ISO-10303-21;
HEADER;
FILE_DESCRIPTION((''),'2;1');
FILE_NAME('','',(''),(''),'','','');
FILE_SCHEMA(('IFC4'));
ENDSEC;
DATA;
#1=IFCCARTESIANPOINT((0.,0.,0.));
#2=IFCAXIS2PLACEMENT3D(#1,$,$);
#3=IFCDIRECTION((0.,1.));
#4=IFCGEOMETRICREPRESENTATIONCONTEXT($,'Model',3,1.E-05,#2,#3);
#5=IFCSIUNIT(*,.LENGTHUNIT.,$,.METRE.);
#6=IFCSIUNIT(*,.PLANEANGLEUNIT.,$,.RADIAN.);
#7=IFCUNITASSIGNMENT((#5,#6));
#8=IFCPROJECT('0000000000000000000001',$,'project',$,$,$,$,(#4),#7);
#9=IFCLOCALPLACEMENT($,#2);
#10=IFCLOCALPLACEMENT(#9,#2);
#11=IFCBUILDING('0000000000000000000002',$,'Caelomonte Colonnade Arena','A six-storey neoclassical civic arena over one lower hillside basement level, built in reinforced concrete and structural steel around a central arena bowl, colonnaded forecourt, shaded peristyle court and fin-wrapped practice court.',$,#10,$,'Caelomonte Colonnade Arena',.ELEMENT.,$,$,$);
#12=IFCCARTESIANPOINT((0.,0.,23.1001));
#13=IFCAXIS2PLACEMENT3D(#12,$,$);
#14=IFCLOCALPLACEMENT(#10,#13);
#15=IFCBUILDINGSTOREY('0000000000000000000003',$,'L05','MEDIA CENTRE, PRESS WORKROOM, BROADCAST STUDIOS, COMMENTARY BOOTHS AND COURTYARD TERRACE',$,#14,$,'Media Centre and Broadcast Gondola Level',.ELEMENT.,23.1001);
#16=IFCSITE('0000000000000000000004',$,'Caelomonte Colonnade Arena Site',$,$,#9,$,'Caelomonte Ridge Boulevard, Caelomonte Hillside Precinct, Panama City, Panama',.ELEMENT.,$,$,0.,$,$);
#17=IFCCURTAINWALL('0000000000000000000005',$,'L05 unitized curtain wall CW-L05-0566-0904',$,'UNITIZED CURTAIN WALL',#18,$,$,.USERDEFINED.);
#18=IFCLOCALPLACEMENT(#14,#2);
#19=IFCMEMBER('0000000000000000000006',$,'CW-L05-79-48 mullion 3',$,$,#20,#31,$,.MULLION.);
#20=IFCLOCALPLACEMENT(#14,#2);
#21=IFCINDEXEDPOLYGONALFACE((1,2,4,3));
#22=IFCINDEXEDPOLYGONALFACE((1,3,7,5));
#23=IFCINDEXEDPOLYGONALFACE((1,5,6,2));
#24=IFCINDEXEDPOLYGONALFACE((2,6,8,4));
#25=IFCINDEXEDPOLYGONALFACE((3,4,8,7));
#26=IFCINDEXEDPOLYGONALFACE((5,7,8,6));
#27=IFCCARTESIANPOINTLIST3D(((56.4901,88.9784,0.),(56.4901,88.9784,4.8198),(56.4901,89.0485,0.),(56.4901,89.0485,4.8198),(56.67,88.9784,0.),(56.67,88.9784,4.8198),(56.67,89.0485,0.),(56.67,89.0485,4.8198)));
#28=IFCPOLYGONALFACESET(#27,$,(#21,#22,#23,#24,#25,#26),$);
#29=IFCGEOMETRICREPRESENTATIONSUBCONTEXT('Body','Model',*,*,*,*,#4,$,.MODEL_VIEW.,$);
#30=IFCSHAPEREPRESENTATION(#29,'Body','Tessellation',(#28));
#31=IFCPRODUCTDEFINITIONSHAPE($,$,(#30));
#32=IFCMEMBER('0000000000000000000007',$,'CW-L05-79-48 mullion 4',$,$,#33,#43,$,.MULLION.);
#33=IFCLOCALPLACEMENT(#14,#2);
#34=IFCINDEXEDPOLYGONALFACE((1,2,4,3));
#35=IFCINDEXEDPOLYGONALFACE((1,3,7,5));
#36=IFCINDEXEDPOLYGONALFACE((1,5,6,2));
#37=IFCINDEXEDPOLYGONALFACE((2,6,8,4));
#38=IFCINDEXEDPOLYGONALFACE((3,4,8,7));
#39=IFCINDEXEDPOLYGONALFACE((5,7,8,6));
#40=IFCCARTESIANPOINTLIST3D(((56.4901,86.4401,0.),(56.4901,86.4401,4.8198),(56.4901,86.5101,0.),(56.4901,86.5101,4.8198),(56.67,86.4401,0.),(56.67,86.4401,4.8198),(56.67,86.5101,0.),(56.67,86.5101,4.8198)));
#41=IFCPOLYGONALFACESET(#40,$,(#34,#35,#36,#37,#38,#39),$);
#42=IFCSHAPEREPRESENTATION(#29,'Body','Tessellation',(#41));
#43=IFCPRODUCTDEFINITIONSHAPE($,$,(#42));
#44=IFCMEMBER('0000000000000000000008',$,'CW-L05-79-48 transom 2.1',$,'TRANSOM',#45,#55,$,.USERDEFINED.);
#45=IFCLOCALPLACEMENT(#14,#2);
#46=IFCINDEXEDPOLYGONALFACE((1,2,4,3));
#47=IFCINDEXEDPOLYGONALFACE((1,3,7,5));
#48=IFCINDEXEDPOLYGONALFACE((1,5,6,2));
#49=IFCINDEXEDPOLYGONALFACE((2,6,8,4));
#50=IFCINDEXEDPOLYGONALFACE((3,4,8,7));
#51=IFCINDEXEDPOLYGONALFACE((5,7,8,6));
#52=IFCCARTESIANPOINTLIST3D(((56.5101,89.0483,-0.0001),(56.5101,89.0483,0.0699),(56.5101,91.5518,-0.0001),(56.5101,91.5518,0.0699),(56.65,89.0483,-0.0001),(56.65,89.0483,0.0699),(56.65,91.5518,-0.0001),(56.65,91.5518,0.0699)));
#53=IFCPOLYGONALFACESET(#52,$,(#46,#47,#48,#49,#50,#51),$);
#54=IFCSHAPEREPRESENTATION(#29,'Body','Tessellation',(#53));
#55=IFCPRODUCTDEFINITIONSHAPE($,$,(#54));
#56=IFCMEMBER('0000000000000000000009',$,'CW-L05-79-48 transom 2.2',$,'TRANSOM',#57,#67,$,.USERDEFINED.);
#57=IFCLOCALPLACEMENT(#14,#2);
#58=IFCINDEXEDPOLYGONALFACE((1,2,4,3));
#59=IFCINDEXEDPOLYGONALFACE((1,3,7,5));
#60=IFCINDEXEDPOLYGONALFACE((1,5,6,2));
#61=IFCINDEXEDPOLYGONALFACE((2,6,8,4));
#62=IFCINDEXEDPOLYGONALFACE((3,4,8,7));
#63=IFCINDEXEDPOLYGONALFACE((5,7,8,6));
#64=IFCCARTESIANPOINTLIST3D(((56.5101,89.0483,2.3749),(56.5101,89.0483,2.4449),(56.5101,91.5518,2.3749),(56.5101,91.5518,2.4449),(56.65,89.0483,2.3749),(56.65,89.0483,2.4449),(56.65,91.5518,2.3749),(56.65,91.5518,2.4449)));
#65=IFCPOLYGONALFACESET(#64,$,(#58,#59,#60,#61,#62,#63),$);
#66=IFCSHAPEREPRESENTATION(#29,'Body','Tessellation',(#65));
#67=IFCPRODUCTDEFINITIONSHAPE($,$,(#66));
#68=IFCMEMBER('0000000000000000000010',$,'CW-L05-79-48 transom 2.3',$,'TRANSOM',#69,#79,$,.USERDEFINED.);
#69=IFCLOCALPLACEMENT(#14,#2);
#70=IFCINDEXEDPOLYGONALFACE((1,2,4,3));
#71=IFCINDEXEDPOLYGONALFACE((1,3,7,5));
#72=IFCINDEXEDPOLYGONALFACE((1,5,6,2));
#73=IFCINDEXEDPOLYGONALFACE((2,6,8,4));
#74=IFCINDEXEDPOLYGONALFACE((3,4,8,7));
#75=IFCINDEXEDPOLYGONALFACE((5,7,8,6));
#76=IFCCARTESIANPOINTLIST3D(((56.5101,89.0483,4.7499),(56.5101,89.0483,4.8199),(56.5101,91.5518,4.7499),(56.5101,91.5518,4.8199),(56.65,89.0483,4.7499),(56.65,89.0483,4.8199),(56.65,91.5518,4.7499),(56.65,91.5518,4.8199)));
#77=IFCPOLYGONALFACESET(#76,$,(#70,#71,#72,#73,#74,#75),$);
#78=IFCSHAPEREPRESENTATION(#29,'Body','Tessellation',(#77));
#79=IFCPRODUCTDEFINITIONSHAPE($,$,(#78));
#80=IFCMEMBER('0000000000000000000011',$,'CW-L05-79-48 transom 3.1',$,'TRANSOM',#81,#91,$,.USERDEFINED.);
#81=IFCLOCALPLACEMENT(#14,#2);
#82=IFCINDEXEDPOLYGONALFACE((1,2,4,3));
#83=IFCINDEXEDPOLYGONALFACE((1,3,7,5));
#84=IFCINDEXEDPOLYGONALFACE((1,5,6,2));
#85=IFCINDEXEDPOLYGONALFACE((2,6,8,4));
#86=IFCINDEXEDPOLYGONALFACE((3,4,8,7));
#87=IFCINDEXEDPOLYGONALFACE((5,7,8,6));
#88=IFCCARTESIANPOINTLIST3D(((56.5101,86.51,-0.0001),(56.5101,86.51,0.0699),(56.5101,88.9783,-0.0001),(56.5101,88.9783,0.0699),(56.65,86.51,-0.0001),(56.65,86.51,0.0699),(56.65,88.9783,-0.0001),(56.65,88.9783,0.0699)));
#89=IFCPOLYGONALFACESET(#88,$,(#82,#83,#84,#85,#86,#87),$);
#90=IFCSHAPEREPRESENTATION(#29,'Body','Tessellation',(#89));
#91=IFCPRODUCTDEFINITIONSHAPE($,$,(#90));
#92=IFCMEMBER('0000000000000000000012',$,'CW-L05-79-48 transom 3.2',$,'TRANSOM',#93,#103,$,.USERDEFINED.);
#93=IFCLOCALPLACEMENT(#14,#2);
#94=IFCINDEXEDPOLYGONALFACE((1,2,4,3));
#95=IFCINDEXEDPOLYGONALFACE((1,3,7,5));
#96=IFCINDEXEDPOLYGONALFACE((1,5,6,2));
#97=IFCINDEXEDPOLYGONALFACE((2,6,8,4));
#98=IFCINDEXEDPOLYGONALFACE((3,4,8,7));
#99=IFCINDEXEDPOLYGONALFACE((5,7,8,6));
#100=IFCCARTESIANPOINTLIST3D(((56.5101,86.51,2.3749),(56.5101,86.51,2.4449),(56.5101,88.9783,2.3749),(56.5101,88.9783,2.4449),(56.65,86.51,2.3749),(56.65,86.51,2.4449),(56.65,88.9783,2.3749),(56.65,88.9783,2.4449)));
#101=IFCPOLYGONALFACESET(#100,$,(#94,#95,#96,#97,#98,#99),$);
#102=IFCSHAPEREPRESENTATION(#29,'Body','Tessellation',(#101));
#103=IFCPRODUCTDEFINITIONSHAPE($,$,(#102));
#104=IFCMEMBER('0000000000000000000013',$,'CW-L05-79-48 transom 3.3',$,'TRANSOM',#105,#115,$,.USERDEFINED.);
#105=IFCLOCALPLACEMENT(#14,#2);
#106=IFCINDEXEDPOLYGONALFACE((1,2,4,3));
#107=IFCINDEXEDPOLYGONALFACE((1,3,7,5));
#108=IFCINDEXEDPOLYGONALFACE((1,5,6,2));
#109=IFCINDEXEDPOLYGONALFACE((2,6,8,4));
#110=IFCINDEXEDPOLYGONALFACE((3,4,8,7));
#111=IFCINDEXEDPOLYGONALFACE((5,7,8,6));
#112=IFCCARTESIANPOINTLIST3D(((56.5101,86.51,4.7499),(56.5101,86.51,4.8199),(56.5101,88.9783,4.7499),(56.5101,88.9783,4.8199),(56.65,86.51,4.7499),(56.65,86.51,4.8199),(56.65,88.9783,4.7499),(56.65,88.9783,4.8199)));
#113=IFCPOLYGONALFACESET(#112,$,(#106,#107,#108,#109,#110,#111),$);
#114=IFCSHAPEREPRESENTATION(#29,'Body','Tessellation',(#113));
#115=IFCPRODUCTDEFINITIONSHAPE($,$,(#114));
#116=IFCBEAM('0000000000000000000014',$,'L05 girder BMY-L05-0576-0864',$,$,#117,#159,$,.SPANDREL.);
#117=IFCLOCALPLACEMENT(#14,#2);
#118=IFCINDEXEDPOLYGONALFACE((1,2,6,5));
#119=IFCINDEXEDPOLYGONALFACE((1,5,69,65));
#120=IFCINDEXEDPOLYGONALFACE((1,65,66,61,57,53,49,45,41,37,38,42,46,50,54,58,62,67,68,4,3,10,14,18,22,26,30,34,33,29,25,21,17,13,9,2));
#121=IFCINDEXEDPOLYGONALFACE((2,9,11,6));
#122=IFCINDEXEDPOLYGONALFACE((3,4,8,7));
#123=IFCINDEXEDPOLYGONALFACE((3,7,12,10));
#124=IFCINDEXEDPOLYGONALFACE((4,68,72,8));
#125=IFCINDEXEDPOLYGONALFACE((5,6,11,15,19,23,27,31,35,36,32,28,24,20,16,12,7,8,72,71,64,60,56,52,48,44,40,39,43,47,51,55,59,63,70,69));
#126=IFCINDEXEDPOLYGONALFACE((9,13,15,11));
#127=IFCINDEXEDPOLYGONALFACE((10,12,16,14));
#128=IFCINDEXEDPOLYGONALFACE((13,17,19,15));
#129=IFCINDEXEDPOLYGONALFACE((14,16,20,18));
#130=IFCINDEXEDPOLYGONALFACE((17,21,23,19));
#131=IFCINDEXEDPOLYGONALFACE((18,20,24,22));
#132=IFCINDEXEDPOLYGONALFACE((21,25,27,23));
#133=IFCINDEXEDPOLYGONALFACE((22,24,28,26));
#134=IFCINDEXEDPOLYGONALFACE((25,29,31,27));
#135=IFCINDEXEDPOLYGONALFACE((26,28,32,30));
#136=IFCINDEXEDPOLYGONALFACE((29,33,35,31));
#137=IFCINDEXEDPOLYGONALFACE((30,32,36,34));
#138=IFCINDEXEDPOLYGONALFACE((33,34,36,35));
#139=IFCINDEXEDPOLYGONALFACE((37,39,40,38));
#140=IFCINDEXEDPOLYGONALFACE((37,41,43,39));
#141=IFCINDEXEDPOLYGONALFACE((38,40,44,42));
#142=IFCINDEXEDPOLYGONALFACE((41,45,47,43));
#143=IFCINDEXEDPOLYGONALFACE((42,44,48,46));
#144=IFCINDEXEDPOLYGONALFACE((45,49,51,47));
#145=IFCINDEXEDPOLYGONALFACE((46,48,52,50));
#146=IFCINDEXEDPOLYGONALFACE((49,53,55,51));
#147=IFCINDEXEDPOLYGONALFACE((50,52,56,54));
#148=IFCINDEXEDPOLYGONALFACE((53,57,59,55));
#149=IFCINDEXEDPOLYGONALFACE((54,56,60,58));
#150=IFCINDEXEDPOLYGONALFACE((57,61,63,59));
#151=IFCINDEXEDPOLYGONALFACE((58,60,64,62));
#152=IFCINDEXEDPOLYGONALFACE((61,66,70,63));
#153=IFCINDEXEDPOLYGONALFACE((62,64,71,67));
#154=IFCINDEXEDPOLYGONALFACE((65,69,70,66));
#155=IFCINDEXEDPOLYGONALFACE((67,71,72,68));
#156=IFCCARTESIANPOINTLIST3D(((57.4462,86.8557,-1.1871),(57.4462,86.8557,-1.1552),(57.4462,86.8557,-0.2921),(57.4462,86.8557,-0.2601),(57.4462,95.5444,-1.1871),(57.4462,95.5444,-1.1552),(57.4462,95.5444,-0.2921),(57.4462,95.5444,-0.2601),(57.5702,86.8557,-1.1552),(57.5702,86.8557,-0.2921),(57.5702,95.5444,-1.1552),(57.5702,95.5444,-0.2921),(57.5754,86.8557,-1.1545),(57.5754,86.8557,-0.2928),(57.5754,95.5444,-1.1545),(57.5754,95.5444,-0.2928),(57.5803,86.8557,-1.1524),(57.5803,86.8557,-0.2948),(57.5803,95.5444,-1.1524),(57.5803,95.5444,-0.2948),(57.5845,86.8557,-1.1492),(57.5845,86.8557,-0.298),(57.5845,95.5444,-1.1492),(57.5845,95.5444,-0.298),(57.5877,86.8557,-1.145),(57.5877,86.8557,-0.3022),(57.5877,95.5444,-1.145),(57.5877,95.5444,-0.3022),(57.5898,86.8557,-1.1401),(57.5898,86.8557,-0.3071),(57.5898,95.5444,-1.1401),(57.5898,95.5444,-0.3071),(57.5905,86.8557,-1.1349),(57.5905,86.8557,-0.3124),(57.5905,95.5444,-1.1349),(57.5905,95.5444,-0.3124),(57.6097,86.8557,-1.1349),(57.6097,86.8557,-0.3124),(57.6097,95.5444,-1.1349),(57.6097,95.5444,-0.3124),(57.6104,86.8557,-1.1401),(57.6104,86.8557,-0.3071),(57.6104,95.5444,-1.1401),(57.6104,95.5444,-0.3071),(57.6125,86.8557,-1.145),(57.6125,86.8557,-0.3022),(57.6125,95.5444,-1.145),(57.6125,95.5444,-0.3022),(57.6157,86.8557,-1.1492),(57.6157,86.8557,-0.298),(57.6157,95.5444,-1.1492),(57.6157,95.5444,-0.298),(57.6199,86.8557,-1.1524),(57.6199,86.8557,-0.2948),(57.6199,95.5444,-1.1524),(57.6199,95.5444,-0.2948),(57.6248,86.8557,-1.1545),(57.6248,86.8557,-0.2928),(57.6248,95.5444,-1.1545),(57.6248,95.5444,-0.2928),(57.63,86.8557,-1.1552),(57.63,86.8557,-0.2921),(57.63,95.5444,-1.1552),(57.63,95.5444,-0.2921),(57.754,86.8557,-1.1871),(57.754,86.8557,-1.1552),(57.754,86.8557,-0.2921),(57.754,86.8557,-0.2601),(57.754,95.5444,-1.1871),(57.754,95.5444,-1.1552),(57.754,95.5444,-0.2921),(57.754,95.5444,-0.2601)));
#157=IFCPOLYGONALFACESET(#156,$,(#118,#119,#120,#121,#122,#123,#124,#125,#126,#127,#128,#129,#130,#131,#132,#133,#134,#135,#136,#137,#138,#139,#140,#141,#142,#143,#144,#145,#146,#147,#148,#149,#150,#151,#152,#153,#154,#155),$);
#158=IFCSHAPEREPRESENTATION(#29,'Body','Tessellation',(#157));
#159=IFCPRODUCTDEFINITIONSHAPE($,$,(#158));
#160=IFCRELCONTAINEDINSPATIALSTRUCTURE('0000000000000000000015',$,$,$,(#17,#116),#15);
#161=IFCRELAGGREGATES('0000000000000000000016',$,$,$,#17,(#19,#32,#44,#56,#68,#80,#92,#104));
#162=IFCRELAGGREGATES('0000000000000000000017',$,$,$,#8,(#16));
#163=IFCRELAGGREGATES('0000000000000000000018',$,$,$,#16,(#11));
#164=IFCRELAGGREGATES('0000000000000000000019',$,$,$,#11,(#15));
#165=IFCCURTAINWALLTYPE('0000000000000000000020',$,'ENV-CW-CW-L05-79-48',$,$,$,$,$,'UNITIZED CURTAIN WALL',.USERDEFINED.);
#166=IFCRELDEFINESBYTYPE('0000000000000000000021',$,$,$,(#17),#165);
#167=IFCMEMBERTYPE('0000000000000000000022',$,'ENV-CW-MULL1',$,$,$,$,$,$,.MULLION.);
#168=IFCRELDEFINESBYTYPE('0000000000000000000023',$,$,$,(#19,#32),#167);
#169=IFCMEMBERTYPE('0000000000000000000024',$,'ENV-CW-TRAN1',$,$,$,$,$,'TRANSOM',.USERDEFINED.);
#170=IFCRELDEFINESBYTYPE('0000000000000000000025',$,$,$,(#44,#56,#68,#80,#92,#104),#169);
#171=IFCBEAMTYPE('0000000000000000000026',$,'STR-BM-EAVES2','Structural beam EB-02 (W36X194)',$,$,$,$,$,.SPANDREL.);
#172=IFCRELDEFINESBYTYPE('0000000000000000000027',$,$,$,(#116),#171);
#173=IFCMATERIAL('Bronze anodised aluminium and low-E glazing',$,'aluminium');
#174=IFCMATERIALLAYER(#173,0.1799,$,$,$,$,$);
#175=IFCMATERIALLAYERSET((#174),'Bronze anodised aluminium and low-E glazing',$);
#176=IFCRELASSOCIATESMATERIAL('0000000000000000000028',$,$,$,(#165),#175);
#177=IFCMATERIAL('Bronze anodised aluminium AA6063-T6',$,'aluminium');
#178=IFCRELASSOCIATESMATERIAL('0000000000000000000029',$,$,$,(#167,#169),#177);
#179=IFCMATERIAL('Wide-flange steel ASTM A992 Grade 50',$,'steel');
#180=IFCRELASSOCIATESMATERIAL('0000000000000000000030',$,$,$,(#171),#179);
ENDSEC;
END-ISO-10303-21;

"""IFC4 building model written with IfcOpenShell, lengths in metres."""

from ifc_helpers import new_model, si_unit, direction, frame, origin, origin_2d, place, context, subcontext, project, spatial, rectangle, i_section, extrude, material, layer, layer_set, material_profile, profile_set, type_object, element, aggregate, save


model = new_model("IFC4")

# Units and contexts
model_context = context("Model", 3, precision=1e-05, world=origin(), true_north=direction((0.0, 1.0)))
body_context = subcontext(model_context, "Body", "Model", "MODEL_VIEW")
ifc_project = project(units=[si_unit("LENGTHUNIT", "METRE"), si_unit("PLANEANGLEUNIT", "RADIAN")], contexts=[model_context])

# Site, building, storey
site_placement = place(None, origin())
site = spatial("IfcSite", under=ifc_project, at=site_placement, Name="Caelomonte Colonnade Arena Site", LongName="Caelomonte Ridge Boulevard, Caelomonte Hillside Precinct, Panama City, Panama", CompositionType="ELEMENT", RefElevation=0.0)
building_placement = place(site_placement, origin())
building = spatial("IfcBuilding", under=site, at=building_placement, Name="Caelomonte Colonnade Arena", Description="A six-storey neoclassical civic arena over one lower hillside basement level, built in reinforced concrete and structural steel around a central arena bowl, colonnaded forecourt, shaded peristyle court and fin-wrapped practice court.", LongName="Caelomonte Colonnade Arena", CompositionType="ELEMENT")
storey_placement = place(building_placement, frame((0.0, 0.0, 23.1001)))
storey = spatial("IfcBuildingStorey", under=building, at=storey_placement, Name="L05", Description="MEDIA CENTRE, PRESS WORKROOM, BROADCAST STUDIOS, COMMENTARY BOOTHS AND COURTYARD TERRACE", LongName="Media Centre and Broadcast Gondola Level", CompositionType="ELEMENT", Elevation=23.1001)

# Curtain wall, members
ifc_material_1 = material(Name="Bronze anodised aluminium and low-E glazing", Category="aluminium")
ifc_layer_1 = layer(ifc_material_1, 0.1799)
ifc_layer_set_1 = layer_set([ifc_layer_1], Name="Bronze anodised aluminium and low-E glazing")
curtain_wall_type = type_object("IfcCurtainWallType", Name="ENV-CW-CW-L05-79-48", ElementType="UNITIZED CURTAIN WALL", PredefinedType="USERDEFINED", material=ifc_layer_set_1)
curtain_wall_placement = place(storey_placement, origin())
curtain_wall = element("IfcCurtainWall", 1, at=curtain_wall_placement, inside=storey, type_object=curtain_wall_type, Name="L05 unitized curtain wall CW-L05-0566-0904", ObjectType="UNITIZED CURTAIN WALL", PredefinedType="USERDEFINED")
ifc_material_2 = material(Name="Bronze anodised aluminium AA6063-T6", Category="aluminium")
ifc_material_profile_1 = material_profile(ifc_material_2, rectangle(XDim=0.0701, YDim=0.1799, at=origin_2d()), Name="CWM-70X180")
ifc_profile_set_1 = profile_set([ifc_material_profile_1], Name="Bronze anodised aluminium AA6063-T6")
member_type_1 = type_object("IfcMemberType", Name="ENV-CW-MULL1", PredefinedType="MULLION", material=ifc_profile_set_1)
member_1_placement = place(storey_placement, frame((56.5801, 89.0134, 0.0), z_axis=(0.0, 0.0, 1.0), x_axis=(0.0, -1.0, 0.0)))
member_1 = element("IfcMember", 2, at=member_1_placement, type_object=member_type_1, Name="CW-L05-79-48 mullion 3", PredefinedType="MULLION", context=body_context, shape_type="SweptSolid", body=[
    extrude(rectangle(XDim=0.0701, YDim=0.1799, at=origin_2d()), origin(), (0.0, 0.0, 1.0), 4.8198),
])
member_2_placement = place(storey_placement, frame((56.5801, 86.4751, 0.0), z_axis=(0.0, 0.0, 1.0), x_axis=(0.0, -1.0, 0.0)))
member_2 = element("IfcMember", 3, at=member_2_placement, type_object=member_type_1, Name="CW-L05-79-48 mullion 4", PredefinedType="MULLION", context=body_context, shape_type="SweptSolid", body=[
    extrude(rectangle(XDim=0.0701, YDim=0.1799, at=origin_2d()), origin(), (0.0, 0.0, 1.0), 4.8198),
])
ifc_material_profile_2 = material_profile(ifc_material_2, rectangle(XDim=0.0701, YDim=0.1399, at=origin_2d()), Name="CWT-70X140")
ifc_profile_set_2 = profile_set([ifc_material_profile_2], Name="Bronze anodised aluminium AA6063-T6")
member_type_2 = type_object("IfcMemberType", Name="ENV-CW-TRAN1", ElementType="TRANSOM", PredefinedType="USERDEFINED", material=ifc_profile_set_2)
member_3_placement = place(storey_placement, frame((56.5801, 91.5518, 0.0349), z_axis=(0.0, -1.0, 0.0), x_axis=(0.0, 0.0, 1.0)))
member_3 = element("IfcMember", 4, at=member_3_placement, type_object=member_type_2, Name="CW-L05-79-48 transom 2.1", ObjectType="TRANSOM", PredefinedType="USERDEFINED", context=body_context, shape_type="SweptSolid", body=[
    extrude(rectangle(XDim=0.0701, YDim=0.1399, at=origin_2d()), origin(), (0.0, 0.0, 1.0), 2.5034),
])
member_4_placement = place(storey_placement, frame((56.5801, 91.5518, 2.4099), z_axis=(0.0, -1.0, 0.0), x_axis=(0.0, 0.0, 1.0)))
member_4 = element("IfcMember", 5, at=member_4_placement, type_object=member_type_2, Name="CW-L05-79-48 transom 2.2", ObjectType="TRANSOM", PredefinedType="USERDEFINED", context=body_context, shape_type="SweptSolid", body=[
    extrude(rectangle(XDim=0.0701, YDim=0.1399, at=origin_2d()), origin(), (0.0, 0.0, 1.0), 2.5034),
])
member_5_placement = place(storey_placement, frame((56.5801, 91.5518, 4.7849), z_axis=(0.0, -1.0, 0.0), x_axis=(0.0, 0.0, 1.0)))
member_5 = element("IfcMember", 6, at=member_5_placement, type_object=member_type_2, Name="CW-L05-79-48 transom 2.3", ObjectType="TRANSOM", PredefinedType="USERDEFINED", context=body_context, shape_type="SweptSolid", body=[
    extrude(rectangle(XDim=0.0701, YDim=0.1399, at=origin_2d()), origin(), (0.0, 0.0, 1.0), 2.5034),
])
member_6_placement = place(storey_placement, frame((56.5801, 88.9783, 0.0349), z_axis=(0.0, -1.0, 0.0), x_axis=(0.0, 0.0, 1.0)))
member_6 = element("IfcMember", 7, at=member_6_placement, type_object=member_type_2, Name="CW-L05-79-48 transom 3.1", ObjectType="TRANSOM", PredefinedType="USERDEFINED", context=body_context, shape_type="SweptSolid", body=[
    extrude(rectangle(XDim=0.0701, YDim=0.1399, at=origin_2d()), origin(), (0.0, 0.0, 1.0), 2.4683),
])
member_7_placement = place(storey_placement, frame((56.5801, 88.9783, 2.4099), z_axis=(0.0, -1.0, 0.0), x_axis=(0.0, 0.0, 1.0)))
member_7 = element("IfcMember", 8, at=member_7_placement, type_object=member_type_2, Name="CW-L05-79-48 transom 3.2", ObjectType="TRANSOM", PredefinedType="USERDEFINED", context=body_context, shape_type="SweptSolid", body=[
    extrude(rectangle(XDim=0.0701, YDim=0.1399, at=origin_2d()), origin(), (0.0, 0.0, 1.0), 2.4683),
])
member_8_placement = place(storey_placement, frame((56.5801, 88.9783, 4.7849), z_axis=(0.0, -1.0, 0.0), x_axis=(0.0, 0.0, 1.0)))
member_8 = element("IfcMember", 9, at=member_8_placement, type_object=member_type_2, Name="CW-L05-79-48 transom 3.3", ObjectType="TRANSOM", PredefinedType="USERDEFINED", context=body_context, shape_type="SweptSolid", body=[
    extrude(rectangle(XDim=0.0701, YDim=0.1399, at=origin_2d()), origin(), (0.0, 0.0, 1.0), 2.4683),
])

# Beam
ifc_material_3 = material(Name="Wide-flange steel ASTM A992 Grade 50", Category="steel")
ifc_material_profile_3 = material_profile(ifc_material_3, i_section(OverallWidth=0.3079, OverallDepth=0.927, WebThickness=0.0193, FlangeThickness=0.032, FilletRadius=0.0203, at=origin_2d()), Name="W36X194")
ifc_profile_set_3 = profile_set([ifc_material_profile_3], Name="Wide-flange steel ASTM A992 Grade 50")
beam_type_1 = type_object("IfcBeamType", Name="STR-BM-EAVES2", Description="Structural beam EB-02 (W36X194)", PredefinedType="SPANDREL", material=ifc_profile_set_3)
beam_1_placement = place(storey_placement, frame((57.6001, 86.8557, -0.7236), z_axis=(0.0, 1.0, 0.0), x_axis=(-1.0, 0.0, 0.0)))
element("IfcBeam", 10, at=beam_1_placement, inside=storey, type_object=beam_type_1, Name="L05 girder BMY-L05-0576-0864", PredefinedType="SPANDREL", context=body_context, shape_type="SweptSolid", body=[
    extrude(i_section(OverallWidth=0.3079, OverallDepth=0.927, WebThickness=0.0193, FlangeThickness=0.032, FilletRadius=0.0203, at=origin_2d()), origin(), (0.0, 0.0, 1.0), 8.6887),
])

aggregate(curtain_wall, [member_1, member_2, member_3, member_4, member_5, member_6, member_7, member_8])

save(model, "model.ifc")
